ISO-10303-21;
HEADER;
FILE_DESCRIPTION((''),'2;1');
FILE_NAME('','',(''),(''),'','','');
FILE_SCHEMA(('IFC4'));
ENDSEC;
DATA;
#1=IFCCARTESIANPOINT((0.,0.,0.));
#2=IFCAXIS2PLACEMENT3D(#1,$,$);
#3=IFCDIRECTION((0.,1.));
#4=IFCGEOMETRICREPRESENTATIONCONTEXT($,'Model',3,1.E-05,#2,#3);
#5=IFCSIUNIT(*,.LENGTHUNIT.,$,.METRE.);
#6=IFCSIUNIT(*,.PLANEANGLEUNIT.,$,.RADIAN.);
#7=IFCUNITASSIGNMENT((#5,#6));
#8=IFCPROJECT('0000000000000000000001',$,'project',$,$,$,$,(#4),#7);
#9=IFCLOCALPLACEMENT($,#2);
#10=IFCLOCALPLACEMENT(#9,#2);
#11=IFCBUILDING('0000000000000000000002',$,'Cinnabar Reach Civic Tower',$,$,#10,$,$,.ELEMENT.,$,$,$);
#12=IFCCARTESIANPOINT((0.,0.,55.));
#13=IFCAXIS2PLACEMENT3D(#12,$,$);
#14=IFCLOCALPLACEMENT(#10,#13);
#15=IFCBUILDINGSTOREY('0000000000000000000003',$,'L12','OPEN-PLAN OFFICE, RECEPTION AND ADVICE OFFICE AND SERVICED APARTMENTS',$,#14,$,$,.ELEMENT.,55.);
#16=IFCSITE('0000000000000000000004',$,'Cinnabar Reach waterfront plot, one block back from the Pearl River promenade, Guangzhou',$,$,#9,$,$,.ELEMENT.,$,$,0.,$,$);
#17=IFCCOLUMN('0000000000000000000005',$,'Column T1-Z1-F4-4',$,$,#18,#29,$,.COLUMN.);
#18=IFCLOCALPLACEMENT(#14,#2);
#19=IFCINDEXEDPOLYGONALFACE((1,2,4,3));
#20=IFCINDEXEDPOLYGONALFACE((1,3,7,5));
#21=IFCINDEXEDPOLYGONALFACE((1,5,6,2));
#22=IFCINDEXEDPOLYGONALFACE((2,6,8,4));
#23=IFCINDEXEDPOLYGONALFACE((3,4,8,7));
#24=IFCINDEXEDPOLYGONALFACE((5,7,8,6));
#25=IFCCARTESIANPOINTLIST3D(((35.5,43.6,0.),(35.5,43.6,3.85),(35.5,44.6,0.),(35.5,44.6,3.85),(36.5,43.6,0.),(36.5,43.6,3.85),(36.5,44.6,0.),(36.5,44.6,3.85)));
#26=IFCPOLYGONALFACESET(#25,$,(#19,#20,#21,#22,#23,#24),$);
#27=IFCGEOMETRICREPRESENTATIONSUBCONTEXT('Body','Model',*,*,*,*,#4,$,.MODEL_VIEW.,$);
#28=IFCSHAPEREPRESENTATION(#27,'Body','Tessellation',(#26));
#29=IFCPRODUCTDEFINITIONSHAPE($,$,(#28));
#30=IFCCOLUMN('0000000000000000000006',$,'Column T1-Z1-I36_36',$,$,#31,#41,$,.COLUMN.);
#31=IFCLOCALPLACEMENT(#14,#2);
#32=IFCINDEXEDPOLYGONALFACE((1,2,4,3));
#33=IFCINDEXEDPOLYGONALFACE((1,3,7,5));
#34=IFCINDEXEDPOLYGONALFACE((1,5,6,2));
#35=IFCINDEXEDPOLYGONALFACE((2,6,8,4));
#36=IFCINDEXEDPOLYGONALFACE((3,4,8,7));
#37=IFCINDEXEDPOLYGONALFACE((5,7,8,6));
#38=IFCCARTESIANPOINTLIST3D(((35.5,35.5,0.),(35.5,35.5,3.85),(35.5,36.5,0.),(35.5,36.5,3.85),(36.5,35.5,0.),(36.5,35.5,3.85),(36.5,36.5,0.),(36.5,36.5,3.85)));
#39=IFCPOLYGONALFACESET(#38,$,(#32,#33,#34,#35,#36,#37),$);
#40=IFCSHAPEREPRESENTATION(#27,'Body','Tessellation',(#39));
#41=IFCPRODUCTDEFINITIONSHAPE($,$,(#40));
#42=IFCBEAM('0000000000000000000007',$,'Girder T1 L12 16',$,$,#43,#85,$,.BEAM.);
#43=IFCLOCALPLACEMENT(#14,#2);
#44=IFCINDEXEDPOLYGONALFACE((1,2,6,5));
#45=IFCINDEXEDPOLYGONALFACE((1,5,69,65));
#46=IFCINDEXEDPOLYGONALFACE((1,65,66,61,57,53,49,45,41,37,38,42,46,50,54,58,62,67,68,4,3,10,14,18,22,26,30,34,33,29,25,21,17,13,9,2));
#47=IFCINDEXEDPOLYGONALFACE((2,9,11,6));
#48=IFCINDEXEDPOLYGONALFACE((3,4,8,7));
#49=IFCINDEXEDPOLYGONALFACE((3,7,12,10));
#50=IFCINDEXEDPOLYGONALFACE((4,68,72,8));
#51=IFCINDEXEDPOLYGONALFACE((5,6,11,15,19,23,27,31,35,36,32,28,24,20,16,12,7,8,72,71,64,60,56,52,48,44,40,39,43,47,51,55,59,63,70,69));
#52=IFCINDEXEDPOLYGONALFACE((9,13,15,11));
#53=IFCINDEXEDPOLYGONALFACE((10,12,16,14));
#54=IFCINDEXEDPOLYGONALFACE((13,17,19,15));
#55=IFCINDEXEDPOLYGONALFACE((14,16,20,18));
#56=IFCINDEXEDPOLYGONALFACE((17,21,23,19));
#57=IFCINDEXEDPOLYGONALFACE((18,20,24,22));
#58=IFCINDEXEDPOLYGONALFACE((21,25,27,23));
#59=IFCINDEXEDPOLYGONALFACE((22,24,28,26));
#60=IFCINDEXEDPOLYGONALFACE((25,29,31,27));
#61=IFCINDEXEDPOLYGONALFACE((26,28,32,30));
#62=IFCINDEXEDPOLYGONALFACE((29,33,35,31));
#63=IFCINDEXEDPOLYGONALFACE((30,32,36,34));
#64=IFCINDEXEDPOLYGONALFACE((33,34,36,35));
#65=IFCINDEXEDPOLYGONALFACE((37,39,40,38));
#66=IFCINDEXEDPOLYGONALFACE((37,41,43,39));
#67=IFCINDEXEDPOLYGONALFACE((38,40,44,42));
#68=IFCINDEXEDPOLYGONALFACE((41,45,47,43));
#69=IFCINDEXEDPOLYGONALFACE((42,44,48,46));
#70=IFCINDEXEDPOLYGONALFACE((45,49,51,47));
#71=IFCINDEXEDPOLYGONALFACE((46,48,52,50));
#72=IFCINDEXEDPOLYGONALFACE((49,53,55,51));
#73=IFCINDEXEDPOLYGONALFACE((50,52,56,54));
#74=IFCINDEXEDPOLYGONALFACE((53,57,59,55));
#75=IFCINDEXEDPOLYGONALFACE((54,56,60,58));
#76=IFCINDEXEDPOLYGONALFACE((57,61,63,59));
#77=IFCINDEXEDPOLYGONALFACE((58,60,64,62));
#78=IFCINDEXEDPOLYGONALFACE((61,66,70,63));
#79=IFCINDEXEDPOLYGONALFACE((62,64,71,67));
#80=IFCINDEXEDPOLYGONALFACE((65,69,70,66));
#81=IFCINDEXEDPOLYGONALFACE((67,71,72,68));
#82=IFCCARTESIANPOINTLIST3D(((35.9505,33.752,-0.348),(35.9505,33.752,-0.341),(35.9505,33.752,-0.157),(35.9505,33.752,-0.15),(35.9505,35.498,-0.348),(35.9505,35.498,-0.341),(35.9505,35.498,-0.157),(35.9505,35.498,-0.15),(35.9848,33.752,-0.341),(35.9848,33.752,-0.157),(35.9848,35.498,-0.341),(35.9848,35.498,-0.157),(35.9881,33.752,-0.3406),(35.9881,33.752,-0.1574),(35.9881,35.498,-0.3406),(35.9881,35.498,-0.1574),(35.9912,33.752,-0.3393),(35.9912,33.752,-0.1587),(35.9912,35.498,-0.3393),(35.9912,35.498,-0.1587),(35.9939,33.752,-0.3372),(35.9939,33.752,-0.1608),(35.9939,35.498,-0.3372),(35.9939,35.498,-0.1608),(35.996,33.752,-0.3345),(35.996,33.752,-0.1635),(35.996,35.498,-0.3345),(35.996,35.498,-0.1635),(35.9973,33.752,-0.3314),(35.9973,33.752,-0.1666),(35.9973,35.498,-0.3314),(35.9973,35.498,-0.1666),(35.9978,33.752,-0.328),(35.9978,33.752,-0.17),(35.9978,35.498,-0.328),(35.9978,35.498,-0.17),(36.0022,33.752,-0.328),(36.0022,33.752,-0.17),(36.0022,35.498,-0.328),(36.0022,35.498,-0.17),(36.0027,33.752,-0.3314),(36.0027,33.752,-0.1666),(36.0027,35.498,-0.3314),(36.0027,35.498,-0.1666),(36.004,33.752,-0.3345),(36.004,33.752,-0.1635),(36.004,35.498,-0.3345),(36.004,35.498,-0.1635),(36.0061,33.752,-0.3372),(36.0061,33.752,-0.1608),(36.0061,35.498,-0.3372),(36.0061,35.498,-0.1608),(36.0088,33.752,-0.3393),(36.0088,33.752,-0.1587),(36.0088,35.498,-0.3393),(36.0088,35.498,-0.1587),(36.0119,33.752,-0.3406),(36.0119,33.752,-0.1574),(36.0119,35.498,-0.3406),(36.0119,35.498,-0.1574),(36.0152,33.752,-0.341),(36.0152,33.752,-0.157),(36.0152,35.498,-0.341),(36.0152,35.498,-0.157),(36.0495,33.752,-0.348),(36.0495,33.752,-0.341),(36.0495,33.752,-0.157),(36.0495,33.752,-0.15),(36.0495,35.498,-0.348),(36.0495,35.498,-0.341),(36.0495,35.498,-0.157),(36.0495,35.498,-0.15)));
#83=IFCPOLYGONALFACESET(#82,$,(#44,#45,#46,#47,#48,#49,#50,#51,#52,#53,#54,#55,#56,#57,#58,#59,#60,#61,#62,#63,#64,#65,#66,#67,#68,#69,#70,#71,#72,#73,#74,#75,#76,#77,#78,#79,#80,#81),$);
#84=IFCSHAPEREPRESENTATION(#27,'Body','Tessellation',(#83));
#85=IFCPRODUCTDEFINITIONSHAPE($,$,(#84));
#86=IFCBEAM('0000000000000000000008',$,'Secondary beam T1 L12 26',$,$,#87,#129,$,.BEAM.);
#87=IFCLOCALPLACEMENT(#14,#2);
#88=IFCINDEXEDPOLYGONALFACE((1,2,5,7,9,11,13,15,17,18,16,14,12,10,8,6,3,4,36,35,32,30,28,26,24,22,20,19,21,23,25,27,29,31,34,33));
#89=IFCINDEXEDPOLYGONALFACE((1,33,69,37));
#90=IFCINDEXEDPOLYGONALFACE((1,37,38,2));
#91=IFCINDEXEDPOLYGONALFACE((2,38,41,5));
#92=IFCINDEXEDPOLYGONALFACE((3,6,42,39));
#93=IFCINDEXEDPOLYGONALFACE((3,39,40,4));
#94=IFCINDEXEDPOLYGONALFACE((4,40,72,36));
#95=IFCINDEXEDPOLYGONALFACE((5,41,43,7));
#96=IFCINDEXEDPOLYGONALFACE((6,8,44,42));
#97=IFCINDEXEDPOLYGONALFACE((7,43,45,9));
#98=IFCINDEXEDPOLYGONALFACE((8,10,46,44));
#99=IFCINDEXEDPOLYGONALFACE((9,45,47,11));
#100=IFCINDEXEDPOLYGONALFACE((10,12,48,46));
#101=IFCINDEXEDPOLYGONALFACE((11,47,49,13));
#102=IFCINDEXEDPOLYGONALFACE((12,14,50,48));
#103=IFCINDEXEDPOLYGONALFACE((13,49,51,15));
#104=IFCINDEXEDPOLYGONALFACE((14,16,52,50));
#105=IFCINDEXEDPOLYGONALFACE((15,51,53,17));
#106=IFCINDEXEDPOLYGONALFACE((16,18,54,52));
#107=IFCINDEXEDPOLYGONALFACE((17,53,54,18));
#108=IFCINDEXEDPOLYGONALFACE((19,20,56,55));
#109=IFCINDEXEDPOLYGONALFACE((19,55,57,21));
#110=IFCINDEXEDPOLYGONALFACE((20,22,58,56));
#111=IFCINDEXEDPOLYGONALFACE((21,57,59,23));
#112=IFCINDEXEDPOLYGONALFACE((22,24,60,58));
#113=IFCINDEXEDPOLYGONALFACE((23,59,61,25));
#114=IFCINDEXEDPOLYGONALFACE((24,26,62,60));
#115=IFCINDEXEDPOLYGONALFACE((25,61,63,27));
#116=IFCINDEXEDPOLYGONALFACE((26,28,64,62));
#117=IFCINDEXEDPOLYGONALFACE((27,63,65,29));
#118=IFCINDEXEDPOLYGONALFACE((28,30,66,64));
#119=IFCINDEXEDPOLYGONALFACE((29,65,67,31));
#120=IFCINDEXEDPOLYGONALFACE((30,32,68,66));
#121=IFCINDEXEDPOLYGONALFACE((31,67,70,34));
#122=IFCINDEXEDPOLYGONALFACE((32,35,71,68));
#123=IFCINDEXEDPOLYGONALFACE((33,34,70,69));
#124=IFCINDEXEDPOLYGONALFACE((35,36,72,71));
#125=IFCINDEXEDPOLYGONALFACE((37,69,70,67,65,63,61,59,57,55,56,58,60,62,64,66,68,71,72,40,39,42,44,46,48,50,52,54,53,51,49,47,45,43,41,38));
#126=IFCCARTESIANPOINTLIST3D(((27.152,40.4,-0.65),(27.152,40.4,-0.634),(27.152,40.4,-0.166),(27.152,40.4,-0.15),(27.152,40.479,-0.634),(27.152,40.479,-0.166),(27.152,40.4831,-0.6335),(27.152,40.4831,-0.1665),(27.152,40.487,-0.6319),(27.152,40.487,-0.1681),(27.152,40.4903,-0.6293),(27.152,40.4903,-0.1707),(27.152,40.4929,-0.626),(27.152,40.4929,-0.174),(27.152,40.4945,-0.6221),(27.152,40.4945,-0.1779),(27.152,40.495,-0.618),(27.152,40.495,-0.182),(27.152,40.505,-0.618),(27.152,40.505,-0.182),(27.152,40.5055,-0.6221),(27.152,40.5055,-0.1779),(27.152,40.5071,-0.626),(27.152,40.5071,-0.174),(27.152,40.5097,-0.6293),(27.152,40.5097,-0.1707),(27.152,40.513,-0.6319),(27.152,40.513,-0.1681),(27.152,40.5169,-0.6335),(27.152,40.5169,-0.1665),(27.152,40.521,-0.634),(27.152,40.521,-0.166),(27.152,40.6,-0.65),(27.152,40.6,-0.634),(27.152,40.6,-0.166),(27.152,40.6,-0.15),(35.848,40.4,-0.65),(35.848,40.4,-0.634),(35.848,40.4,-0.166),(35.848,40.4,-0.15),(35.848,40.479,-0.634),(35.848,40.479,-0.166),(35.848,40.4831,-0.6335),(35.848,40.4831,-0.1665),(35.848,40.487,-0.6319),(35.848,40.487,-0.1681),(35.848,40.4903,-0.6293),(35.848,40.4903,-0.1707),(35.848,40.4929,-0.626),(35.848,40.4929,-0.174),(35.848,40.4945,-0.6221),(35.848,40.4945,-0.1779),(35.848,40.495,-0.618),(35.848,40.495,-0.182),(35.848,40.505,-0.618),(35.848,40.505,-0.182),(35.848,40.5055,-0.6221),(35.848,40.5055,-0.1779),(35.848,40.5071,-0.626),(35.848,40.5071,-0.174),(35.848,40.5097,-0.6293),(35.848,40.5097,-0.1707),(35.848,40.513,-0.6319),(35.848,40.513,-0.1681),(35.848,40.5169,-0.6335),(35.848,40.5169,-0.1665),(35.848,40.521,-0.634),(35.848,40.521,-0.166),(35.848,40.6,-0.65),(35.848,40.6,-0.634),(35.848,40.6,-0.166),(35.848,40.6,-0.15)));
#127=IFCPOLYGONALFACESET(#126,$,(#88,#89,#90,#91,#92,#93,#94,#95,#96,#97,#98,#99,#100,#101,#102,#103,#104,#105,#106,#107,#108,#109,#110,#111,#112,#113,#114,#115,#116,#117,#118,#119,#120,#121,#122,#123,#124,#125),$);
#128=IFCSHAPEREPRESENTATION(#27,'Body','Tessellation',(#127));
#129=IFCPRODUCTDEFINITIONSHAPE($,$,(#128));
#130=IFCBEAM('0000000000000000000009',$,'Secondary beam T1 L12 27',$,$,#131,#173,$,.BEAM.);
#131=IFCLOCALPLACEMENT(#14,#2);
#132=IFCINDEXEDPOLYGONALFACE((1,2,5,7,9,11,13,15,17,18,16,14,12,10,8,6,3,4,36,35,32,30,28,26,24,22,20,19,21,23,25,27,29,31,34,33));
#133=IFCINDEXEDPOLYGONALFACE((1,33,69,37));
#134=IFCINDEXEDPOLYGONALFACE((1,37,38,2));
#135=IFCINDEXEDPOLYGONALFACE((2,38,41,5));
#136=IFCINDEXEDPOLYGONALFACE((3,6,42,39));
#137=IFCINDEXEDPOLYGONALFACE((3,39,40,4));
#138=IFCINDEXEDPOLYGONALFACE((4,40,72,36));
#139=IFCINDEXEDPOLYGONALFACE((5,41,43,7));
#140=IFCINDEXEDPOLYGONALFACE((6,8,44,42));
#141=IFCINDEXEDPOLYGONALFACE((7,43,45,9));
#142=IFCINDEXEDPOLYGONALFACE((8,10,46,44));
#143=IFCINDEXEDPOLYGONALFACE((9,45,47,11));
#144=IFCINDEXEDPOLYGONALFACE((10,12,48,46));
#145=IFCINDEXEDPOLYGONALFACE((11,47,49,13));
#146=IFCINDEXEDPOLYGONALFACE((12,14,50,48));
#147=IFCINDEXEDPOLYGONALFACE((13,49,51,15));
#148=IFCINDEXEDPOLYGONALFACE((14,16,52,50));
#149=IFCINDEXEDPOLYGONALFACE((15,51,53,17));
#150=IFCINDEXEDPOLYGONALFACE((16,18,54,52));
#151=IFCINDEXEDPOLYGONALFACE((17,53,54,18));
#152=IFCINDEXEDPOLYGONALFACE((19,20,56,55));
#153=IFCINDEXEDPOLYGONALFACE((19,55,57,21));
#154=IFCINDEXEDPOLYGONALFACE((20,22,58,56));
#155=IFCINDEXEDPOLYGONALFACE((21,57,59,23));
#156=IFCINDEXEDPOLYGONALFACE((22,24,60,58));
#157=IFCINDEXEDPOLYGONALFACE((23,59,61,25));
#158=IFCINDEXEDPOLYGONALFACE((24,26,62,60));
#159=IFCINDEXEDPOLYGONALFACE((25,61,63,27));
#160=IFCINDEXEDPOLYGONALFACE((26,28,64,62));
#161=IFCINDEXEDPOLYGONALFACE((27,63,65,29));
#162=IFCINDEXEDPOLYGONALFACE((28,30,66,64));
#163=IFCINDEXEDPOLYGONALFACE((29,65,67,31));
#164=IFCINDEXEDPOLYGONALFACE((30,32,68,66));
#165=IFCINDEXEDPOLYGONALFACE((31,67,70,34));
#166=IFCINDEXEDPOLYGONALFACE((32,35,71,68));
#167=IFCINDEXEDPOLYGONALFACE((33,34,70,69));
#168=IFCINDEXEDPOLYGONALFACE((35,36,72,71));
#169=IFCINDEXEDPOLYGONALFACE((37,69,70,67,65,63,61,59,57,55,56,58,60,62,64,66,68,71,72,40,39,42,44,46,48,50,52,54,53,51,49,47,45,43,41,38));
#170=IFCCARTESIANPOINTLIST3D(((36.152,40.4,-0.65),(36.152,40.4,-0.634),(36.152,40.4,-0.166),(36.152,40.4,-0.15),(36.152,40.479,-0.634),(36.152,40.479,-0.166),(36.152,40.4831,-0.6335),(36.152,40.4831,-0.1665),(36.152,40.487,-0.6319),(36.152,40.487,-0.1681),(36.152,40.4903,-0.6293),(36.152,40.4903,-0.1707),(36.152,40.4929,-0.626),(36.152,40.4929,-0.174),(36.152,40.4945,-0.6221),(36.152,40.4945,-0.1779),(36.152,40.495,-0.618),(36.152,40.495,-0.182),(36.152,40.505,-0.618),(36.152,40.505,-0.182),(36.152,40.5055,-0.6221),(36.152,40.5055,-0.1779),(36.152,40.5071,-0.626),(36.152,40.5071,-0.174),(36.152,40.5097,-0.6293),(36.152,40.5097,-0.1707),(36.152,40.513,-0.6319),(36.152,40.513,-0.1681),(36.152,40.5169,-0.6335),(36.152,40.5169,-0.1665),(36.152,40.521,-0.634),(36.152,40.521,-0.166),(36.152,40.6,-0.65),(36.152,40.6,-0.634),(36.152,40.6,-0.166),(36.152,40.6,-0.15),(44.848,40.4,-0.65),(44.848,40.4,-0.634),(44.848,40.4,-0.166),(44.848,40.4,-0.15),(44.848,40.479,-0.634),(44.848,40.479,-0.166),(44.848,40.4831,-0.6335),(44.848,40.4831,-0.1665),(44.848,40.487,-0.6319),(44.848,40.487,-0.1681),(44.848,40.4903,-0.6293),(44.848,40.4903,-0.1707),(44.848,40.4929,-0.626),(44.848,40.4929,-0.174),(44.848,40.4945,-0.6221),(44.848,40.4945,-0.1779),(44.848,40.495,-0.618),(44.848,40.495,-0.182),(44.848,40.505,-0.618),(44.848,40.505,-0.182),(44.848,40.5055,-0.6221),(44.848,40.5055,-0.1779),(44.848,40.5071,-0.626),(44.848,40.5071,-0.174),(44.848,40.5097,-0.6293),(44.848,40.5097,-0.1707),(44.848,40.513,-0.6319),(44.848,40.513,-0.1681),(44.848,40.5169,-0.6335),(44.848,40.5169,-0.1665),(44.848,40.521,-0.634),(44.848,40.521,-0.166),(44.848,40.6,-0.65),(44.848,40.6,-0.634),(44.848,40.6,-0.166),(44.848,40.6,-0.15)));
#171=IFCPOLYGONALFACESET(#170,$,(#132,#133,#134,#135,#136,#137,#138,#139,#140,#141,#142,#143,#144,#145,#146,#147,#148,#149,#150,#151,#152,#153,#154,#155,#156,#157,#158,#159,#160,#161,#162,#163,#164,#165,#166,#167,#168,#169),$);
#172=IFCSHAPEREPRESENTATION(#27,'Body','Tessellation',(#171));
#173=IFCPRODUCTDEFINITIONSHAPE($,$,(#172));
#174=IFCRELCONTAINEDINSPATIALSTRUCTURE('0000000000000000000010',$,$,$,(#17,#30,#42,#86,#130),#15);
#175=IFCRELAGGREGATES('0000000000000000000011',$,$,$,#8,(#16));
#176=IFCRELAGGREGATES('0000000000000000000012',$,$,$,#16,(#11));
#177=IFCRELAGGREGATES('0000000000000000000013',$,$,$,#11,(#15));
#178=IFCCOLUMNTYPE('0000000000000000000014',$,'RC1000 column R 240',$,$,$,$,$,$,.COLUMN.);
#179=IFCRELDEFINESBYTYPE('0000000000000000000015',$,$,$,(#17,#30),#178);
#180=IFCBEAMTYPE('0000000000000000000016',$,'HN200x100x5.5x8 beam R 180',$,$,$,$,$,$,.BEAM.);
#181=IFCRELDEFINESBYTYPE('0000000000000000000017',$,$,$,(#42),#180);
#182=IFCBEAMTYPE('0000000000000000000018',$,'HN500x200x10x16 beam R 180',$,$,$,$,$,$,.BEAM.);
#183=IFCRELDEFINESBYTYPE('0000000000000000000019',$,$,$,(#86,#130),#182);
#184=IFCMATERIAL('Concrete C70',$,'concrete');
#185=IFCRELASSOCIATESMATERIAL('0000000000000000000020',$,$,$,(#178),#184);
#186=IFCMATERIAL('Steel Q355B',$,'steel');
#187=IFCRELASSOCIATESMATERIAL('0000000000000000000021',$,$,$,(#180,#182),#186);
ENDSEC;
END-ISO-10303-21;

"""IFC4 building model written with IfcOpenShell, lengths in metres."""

from ifc_helpers import new_model, si_unit, direction, frame, origin, origin_2d, place, context, subcontext, project, spatial, rectangle, i_section, extrude, material, material_profile, profile_set, type_object, element, save


model = new_model("IFC4")

# Units and contexts
model_context = context("Model", 3, precision=1e-05, world=origin(), true_north=direction((0.0, 1.0)))
body_context = subcontext(model_context, "Body", "Model", "MODEL_VIEW")
ifc_project = project(units=[si_unit("LENGTHUNIT", "METRE"), si_unit("PLANEANGLEUNIT", "RADIAN")], contexts=[model_context])

# Site, building, storey
site_placement = place(None, origin())
site = spatial("IfcSite", under=ifc_project, at=site_placement, Name="Cinnabar Reach waterfront plot, one block back from the Pearl River promenade, Guangzhou", CompositionType="ELEMENT", RefElevation=0.0)
building_placement = place(site_placement, origin())
building = spatial("IfcBuilding", under=site, at=building_placement, Name="Cinnabar Reach Civic Tower", CompositionType="ELEMENT")
storey_placement = place(building_placement, frame((0.0, 0.0, 55.0)))
storey = spatial("IfcBuildingStorey", under=building, at=storey_placement, Name="L12", Description="OPEN-PLAN OFFICE, RECEPTION AND ADVICE OFFICE AND SERVICED APARTMENTS", CompositionType="ELEMENT", Elevation=55.0)

# Columns
ifc_material_1 = material(Name="Concrete C70", Category="concrete")
ifc_material_profile_1 = material_profile(ifc_material_1, rectangle(XDim=1.0, YDim=1.0, at=origin_2d()), Name="RC1000")
ifc_profile_set_1 = profile_set([ifc_material_profile_1], Name="Concrete C70")
column_type = type_object("IfcColumnType", Name="RC1000 column R 240", PredefinedType="COLUMN", material=ifc_profile_set_1)
for number, where, z_axis, x_axis, name in (
    (1, (36.0, 44.1, 0.0), (0.0, 0.0, 1.0), (1.0, 0.0, 0.0), "Column T1-Z1-F4-4"),
    (2, (36.0, 36.0, 0.0), (0.0, 0.0, 1.0), (1.0, 0.0, 0.0), "Column T1-Z1-I36_36"),
):
    element("IfcColumn", number, at=place(storey_placement, frame(where, z_axis=z_axis, x_axis=x_axis)), inside=storey, type_object=column_type, Name=name, PredefinedType="COLUMN", context=body_context, shape_type="SweptSolid", body=[
        extrude(rectangle(XDim=1.0, YDim=1.0, at=origin_2d()), origin(), (0.0, 0.0, 1.0), 3.85),
    ])

# Beams
ifc_material_2 = material(Name="Steel Q355B", Category="steel")
ifc_material_profile_2 = material_profile(ifc_material_2, i_section(OverallWidth=0.099, OverallDepth=0.198, WebThickness=0.0045, FlangeThickness=0.007, FilletRadius=0.013, at=origin_2d()), Name="HN200x100x5.5x8")
ifc_profile_set_2 = profile_set([ifc_material_profile_2], Name="Steel Q355B")
beam_type_1 = type_object("IfcBeamType", Name="HN200x100x5.5x8 beam R 180", PredefinedType="BEAM", material=ifc_profile_set_2)
beam_1_placement = place(storey_placement, frame((36.0, 33.752, -0.249), z_axis=(0.0, 1.0, 0.0), x_axis=(-1.0, 0.0, 0.0)))
element("IfcBeam", 3, at=beam_1_placement, inside=storey, type_object=beam_type_1, Name="Girder T1 L12 16", PredefinedType="BEAM", context=body_context, shape_type="SweptSolid", body=[
    extrude(i_section(OverallWidth=0.099, OverallDepth=0.198, WebThickness=0.0045, FlangeThickness=0.007, FilletRadius=0.013, at=origin_2d()), origin(), (0.0, 0.0, 1.0), 1.746),
])
ifc_material_profile_3 = material_profile(ifc_material_2, i_section(OverallWidth=0.2, OverallDepth=0.5, WebThickness=0.01, FlangeThickness=0.016, FilletRadius=0.016, at=origin_2d()), Name="HN500x200x10x16")
ifc_profile_set_3 = profile_set([ifc_material_profile_3], Name="Steel Q355B")
beam_type_2 = type_object("IfcBeamType", Name="HN500x200x10x16 beam R 180", PredefinedType="BEAM", material=ifc_profile_set_3)
for number, where, z_axis, x_axis, name in (
    (4, (27.152, 40.5, -0.4), (1.0, 0.0, 0.0), (0.0, 1.0, 0.0), "Secondary beam T1 L12 26"),
    (5, (36.152, 40.5, -0.4), (1.0, 0.0, 0.0), (0.0, 1.0, 0.0), "Secondary beam T1 L12 27"),
):
    element("IfcBeam", number, at=place(storey_placement, frame(where, z_axis=z_axis, x_axis=x_axis)), inside=storey, type_object=beam_type_2, Name=name, PredefinedType="BEAM", context=body_context, shape_type="SweptSolid", body=[
        extrude(i_section(OverallWidth=0.2, OverallDepth=0.5, WebThickness=0.01, FlangeThickness=0.016, FilletRadius=0.016, at=origin_2d()), origin(), (0.0, 0.0, 1.0), 8.696),
    ])

save(model, "model.ifc")
